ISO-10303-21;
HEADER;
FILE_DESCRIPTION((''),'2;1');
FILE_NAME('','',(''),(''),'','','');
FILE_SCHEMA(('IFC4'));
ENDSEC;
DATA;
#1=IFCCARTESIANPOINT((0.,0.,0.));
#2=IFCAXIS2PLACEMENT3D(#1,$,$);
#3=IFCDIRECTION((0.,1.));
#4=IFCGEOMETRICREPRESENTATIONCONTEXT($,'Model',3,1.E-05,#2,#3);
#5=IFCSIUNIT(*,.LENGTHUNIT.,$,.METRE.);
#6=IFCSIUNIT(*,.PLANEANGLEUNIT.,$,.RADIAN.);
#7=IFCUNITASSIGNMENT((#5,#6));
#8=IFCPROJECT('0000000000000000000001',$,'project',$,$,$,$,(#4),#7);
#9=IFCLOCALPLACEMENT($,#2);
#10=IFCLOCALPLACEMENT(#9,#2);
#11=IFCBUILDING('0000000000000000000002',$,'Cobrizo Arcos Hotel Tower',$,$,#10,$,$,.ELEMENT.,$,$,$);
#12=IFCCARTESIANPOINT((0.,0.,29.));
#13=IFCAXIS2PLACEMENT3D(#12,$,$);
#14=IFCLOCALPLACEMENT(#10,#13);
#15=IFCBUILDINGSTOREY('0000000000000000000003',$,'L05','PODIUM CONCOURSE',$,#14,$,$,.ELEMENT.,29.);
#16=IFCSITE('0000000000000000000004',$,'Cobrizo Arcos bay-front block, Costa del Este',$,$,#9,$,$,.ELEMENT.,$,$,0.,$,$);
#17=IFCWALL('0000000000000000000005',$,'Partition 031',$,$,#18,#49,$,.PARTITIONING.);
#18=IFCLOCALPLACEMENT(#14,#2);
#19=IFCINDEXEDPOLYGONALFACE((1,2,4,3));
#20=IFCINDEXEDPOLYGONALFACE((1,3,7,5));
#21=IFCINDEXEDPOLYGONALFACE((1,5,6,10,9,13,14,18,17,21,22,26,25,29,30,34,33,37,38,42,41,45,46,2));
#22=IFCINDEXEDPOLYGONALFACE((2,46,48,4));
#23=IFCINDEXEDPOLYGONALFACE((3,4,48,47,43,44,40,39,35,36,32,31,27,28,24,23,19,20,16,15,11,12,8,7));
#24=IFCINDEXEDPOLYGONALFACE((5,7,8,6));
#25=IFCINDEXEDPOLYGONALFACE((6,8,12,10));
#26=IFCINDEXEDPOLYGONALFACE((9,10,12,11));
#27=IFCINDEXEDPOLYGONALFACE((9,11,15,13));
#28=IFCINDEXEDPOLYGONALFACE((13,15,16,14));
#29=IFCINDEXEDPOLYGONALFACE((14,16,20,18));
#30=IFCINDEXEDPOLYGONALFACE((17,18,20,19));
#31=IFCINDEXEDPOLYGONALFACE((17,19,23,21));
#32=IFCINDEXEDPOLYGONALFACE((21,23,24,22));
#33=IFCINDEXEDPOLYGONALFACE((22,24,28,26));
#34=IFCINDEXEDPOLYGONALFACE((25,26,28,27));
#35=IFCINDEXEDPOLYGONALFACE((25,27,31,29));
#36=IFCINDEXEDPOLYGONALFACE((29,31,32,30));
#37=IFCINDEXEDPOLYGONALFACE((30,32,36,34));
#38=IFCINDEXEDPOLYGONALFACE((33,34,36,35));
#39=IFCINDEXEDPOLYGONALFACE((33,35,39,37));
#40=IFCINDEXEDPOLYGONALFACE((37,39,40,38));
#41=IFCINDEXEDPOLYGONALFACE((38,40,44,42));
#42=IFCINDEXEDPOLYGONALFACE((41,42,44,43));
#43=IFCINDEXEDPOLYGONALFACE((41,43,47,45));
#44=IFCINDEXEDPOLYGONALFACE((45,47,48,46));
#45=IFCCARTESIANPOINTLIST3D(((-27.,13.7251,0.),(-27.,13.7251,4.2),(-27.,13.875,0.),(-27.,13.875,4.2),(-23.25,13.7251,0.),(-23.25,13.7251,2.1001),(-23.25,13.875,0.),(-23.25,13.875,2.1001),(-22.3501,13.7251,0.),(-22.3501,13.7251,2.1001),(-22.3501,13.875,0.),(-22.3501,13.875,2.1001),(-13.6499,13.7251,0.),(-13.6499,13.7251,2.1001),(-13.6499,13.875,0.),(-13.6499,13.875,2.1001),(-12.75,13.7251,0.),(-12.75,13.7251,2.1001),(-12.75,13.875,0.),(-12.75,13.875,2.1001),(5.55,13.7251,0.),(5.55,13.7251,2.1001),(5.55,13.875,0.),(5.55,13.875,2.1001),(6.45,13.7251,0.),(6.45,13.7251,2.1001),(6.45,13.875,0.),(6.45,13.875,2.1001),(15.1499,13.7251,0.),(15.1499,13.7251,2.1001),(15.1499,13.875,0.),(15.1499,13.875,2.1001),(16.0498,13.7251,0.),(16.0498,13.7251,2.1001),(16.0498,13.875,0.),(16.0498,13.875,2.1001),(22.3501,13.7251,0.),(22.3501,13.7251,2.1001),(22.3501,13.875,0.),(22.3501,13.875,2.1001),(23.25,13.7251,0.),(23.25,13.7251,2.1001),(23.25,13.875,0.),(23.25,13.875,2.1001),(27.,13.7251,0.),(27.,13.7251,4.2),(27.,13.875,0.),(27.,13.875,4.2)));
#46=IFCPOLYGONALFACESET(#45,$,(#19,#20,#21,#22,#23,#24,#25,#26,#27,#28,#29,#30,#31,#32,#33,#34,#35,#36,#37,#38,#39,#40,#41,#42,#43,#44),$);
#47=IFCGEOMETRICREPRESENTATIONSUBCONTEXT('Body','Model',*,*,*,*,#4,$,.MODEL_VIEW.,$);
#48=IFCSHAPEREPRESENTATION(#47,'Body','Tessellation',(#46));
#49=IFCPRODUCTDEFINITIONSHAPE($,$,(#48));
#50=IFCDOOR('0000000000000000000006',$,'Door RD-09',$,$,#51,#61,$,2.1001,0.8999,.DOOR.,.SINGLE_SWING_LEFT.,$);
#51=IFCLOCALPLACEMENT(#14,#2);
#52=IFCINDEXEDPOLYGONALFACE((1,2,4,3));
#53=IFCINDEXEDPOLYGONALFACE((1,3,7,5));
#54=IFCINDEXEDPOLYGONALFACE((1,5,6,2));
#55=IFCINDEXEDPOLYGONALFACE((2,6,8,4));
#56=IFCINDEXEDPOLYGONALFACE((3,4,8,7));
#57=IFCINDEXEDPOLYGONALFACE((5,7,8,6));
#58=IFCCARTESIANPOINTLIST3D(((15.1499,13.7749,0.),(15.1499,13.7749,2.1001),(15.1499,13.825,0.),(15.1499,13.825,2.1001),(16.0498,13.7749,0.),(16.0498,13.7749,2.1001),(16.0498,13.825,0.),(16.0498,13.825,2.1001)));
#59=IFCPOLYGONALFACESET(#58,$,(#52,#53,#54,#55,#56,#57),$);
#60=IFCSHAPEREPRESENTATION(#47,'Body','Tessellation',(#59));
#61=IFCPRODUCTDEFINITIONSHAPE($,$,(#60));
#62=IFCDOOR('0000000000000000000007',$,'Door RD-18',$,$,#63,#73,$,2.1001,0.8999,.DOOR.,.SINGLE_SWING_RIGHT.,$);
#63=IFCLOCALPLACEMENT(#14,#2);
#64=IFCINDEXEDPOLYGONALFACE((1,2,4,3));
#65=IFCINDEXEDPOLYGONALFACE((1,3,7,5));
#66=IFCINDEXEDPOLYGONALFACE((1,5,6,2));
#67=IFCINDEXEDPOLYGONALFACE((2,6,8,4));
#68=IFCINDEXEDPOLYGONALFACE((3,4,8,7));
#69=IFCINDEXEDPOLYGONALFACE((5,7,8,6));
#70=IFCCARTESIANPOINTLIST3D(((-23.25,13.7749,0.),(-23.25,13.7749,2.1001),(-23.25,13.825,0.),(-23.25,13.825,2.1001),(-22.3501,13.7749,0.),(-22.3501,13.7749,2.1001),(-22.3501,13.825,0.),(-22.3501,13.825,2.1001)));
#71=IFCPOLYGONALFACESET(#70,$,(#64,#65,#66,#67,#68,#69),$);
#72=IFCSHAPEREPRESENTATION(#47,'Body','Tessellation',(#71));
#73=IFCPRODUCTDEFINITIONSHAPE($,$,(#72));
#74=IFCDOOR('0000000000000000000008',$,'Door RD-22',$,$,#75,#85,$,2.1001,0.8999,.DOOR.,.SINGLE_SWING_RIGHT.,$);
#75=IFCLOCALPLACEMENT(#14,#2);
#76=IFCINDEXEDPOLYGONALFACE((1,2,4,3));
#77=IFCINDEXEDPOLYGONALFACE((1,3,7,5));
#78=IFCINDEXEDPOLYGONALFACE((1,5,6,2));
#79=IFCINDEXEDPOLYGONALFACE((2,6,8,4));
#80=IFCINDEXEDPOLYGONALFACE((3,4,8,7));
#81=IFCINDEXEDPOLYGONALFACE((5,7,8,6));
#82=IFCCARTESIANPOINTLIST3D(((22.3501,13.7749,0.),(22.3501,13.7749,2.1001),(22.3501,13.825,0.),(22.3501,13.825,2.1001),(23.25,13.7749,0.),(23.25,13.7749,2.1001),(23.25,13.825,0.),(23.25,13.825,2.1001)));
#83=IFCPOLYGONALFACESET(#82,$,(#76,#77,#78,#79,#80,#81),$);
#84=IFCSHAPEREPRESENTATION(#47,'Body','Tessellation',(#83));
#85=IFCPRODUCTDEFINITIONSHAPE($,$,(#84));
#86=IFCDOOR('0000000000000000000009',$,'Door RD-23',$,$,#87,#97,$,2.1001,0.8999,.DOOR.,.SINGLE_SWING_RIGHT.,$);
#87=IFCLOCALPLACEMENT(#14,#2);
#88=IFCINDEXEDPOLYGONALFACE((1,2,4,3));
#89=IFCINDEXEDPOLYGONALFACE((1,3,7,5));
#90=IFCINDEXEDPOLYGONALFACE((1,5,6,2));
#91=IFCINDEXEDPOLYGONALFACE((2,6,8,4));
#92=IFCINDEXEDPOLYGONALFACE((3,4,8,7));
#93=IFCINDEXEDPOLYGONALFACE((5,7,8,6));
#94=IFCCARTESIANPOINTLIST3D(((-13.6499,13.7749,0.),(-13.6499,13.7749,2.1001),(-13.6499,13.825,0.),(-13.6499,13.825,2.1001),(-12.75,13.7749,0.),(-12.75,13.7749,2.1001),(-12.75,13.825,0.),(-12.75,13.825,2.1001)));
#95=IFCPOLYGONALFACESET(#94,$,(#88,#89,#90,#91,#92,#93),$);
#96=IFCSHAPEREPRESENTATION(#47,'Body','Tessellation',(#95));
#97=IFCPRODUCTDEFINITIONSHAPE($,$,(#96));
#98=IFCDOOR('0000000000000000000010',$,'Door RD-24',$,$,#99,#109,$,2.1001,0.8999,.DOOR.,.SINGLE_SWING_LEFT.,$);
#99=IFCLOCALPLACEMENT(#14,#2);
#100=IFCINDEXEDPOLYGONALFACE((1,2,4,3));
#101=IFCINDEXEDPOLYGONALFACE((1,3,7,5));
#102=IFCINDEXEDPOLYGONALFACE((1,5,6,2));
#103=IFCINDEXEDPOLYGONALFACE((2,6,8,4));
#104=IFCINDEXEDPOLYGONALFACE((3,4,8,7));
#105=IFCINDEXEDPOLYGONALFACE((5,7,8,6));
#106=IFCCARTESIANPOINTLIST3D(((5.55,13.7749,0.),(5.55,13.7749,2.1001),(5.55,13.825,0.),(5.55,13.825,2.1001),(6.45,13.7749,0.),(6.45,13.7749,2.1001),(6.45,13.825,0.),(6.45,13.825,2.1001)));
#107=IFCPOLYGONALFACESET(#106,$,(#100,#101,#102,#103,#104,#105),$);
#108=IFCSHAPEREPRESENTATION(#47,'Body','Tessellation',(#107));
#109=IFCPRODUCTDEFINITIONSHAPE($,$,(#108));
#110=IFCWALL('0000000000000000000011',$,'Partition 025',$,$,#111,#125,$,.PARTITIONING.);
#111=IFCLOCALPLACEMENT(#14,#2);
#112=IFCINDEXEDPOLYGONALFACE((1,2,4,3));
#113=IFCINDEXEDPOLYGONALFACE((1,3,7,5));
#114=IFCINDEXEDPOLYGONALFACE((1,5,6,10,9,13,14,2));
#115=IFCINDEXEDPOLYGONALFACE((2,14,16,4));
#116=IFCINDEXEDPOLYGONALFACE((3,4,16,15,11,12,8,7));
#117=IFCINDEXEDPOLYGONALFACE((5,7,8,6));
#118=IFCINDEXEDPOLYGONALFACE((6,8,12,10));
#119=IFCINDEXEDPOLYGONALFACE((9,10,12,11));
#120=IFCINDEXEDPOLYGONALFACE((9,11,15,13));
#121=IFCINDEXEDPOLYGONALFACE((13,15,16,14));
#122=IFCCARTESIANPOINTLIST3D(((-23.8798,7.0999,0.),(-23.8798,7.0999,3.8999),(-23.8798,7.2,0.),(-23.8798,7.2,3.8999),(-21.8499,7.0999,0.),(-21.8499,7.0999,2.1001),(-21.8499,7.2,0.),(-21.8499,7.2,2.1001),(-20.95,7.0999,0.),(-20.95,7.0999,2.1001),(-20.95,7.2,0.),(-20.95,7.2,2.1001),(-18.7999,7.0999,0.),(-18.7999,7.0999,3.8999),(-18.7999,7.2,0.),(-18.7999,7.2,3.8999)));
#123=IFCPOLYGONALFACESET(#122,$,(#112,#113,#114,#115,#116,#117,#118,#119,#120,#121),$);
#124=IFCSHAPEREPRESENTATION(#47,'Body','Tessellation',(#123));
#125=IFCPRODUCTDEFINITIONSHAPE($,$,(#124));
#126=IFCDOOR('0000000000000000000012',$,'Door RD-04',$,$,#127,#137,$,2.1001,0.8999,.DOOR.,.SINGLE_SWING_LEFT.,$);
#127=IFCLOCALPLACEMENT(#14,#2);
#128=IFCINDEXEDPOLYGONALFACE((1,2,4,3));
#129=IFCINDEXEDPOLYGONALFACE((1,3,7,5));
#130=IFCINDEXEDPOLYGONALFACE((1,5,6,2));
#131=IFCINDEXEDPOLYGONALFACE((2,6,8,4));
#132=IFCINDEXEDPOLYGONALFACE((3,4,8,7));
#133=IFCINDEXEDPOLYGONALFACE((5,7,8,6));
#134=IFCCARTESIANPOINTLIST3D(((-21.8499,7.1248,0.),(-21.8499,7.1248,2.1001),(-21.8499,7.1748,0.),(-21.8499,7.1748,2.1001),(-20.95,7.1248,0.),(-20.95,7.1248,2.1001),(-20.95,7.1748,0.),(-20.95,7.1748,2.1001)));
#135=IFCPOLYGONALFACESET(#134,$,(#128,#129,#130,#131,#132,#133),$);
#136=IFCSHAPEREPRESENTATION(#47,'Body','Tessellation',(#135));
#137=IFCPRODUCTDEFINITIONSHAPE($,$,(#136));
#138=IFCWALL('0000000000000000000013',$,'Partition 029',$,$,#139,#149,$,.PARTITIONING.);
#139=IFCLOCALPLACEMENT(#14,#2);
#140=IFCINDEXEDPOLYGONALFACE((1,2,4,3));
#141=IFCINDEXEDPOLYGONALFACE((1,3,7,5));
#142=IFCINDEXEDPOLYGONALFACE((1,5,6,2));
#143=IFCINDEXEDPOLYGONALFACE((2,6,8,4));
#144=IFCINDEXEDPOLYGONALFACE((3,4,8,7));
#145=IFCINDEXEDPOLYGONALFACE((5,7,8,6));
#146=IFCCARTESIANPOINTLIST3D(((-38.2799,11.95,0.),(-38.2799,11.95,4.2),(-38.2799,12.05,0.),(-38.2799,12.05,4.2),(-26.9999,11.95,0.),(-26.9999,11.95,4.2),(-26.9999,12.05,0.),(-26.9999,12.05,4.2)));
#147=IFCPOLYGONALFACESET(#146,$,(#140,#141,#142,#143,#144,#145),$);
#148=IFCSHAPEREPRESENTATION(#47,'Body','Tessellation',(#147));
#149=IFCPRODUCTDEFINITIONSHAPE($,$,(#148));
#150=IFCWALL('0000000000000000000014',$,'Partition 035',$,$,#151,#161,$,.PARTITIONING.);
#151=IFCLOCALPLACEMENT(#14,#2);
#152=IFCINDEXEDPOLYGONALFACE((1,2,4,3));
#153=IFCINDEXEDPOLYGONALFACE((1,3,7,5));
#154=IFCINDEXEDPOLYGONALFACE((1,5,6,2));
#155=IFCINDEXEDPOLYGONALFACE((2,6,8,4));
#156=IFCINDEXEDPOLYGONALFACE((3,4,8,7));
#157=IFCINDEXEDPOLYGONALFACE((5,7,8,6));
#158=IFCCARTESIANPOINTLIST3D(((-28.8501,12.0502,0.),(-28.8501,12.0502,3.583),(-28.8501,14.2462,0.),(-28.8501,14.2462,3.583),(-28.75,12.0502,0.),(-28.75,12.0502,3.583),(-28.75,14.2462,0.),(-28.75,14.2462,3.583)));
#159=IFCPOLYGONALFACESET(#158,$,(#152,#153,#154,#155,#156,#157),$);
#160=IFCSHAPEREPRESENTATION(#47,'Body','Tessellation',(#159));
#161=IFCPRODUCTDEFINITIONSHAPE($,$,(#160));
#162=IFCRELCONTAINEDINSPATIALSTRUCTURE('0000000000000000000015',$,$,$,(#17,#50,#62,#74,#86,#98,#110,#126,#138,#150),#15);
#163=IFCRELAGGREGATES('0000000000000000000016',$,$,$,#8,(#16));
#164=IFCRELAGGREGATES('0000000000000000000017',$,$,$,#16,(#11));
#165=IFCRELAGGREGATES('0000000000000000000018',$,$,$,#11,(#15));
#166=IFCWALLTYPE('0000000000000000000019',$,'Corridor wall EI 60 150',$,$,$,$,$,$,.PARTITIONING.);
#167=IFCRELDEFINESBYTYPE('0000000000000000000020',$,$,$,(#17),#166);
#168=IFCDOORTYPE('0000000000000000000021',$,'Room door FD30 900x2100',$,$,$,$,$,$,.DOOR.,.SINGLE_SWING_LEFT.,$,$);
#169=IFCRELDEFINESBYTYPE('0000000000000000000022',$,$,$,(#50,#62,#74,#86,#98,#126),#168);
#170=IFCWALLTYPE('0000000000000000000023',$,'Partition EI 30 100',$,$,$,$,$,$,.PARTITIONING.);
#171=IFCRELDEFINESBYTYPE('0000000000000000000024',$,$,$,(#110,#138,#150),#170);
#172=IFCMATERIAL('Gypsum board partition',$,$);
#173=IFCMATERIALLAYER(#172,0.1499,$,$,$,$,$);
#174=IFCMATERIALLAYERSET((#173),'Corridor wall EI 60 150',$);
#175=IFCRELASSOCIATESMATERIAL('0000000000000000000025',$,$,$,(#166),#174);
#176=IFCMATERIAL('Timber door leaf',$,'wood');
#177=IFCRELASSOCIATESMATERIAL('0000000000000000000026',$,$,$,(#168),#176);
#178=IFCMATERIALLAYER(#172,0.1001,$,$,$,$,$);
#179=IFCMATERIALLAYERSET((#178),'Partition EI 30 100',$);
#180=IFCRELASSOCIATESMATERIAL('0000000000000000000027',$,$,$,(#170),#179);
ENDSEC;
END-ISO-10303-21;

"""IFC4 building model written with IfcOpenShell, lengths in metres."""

from ifc_helpers import new_model, si_unit, direction, frame, frame_2d, origin, place, context, subcontext, project, spatial, rectangle, extrude, material, layer, layer_set, type_object, element, fill, save


model = new_model("IFC4")

# Units and contexts
model_context = context("Model", 3, precision=1e-05, world=origin(), true_north=direction((0.0, 1.0)))
body_context = subcontext(model_context, "Body", "Model", "MODEL_VIEW")
ifc_project = project(units=[si_unit("LENGTHUNIT", "METRE"), si_unit("PLANEANGLEUNIT", "RADIAN")], contexts=[model_context])

# Site, building, storey
site_placement = place(None, origin())
site = spatial("IfcSite", under=ifc_project, at=site_placement, Name="Cobrizo Arcos bay-front block, Costa del Este", CompositionType="ELEMENT", RefElevation=0.0)
building_placement = place(site_placement, origin())
building = spatial("IfcBuilding", under=site, at=building_placement, Name="Cobrizo Arcos Hotel Tower", CompositionType="ELEMENT")
storey_placement = place(building_placement, frame((0.0, 0.0, 29.0)))
storey = spatial("IfcBuildingStorey", under=building, at=storey_placement, Name="L05", Description="PODIUM CONCOURSE", CompositionType="ELEMENT", Elevation=29.0)

# Wall, openings, doors
ifc_material_1 = material(Name="Gypsum board partition")
ifc_layer_1 = layer(ifc_material_1, 0.1499)
ifc_layer_set_1 = layer_set([ifc_layer_1], Name="Corridor wall EI 60 150")
wall_type_1 = type_object("IfcWallType", Name="Corridor wall EI 60 150", PredefinedType="PARTITIONING", material=ifc_layer_set_1)
wall_1_placement = place(storey_placement, frame((-27.0, 13.8, 0.0), z_axis=(0.0, 0.0, 1.0), x_axis=(1.0, 0.0, 0.0)))
wall_1 = element("IfcWall", 1, at=wall_1_placement, inside=storey, type_object=wall_type_1, Name="Partition 031", PredefinedType="PARTITIONING", context=body_context, shape_type="SweptSolid", body=[
    extrude(rectangle(XDim=54.0, YDim=0.1499, at=frame_2d((27.0, 0.0))), origin(), (0.0, 0.0, 1.0), 4.2),
])
opening_1_placement = place(wall_1_placement, frame((42.1499, 0.0, 0.0)))
opening_1 = element("IfcOpeningElement", 2, at=opening_1_placement, cuts=wall_1, PredefinedType="OPENING", context=body_context, shape_type="SweptSolid", body=[
    extrude(rectangle(XDim=0.8999, YDim=2.1001, at=frame_2d((0.45, 1.05))), frame((0.0, 0.0869, 0.0), z_axis=(0.0, -1.0, 0.0), x_axis=(1.0, 0.0, 0.0)), (0.0, 0.0, 1.0), 0.1738),
])
opening_2_placement = place(wall_1_placement, frame((3.75, 0.0, 0.0)))
opening_2 = element("IfcOpeningElement", 3, at=opening_2_placement, cuts=wall_1, PredefinedType="OPENING", context=body_context, shape_type="SweptSolid", body=[
    extrude(rectangle(XDim=0.8999, YDim=2.1001, at=frame_2d((0.45, 1.05))), frame((0.0, 0.0869, 0.0), z_axis=(0.0, -1.0, 0.0), x_axis=(1.0, 0.0, 0.0)), (0.0, 0.0, 1.0), 0.1738),
])
opening_3_placement = place(wall_1_placement, frame((49.3501, 0.0, 0.0)))
opening_3 = element("IfcOpeningElement", 4, at=opening_3_placement, cuts=wall_1, PredefinedType="OPENING", context=body_context, shape_type="SweptSolid", body=[
    extrude(rectangle(XDim=0.8999, YDim=2.1001, at=frame_2d((0.45, 1.05))), frame((0.0, 0.0869, 0.0), z_axis=(0.0, -1.0, 0.0), x_axis=(1.0, 0.0, 0.0)), (0.0, 0.0, 1.0), 0.1738),
])
opening_4_placement = place(wall_1_placement, frame((13.3501, 0.0, 0.0)))
opening_4 = element("IfcOpeningElement", 5, at=opening_4_placement, cuts=wall_1, PredefinedType="OPENING", context=body_context, shape_type="SweptSolid", body=[
    extrude(rectangle(XDim=0.8999, YDim=2.1001, at=frame_2d((0.45, 1.05))), frame((0.0, 0.0869, 0.0), z_axis=(0.0, -1.0, 0.0), x_axis=(1.0, 0.0, 0.0)), (0.0, 0.0, 1.0), 0.1738),
])
opening_5_placement = place(wall_1_placement, frame((32.55, 0.0, 0.0)))
opening_5 = element("IfcOpeningElement", 6, at=opening_5_placement, cuts=wall_1, PredefinedType="OPENING", context=body_context, shape_type="SweptSolid", body=[
    extrude(rectangle(XDim=0.8999, YDim=2.1001, at=frame_2d((0.45, 1.05))), frame((0.0, 0.0869, 0.0), z_axis=(0.0, -1.0, 0.0), x_axis=(1.0, 0.0, 0.0)), (0.0, 0.0, 1.0), 0.1738),
])
ifc_material_2 = material(Name="Timber door leaf", Category="wood")
door_type = type_object("IfcDoorType", Name="Room door FD30 900x2100", OperationType="SINGLE_SWING_LEFT", PredefinedType="DOOR", material=ifc_material_2)
door_1_placement = place(opening_1_placement, origin())
door_1 = element("IfcDoor", 7, at=door_1_placement, inside=storey, type_object=door_type, Name="Door RD-09", OperationType="SINGLE_SWING_LEFT", OverallHeight=2.1001, OverallWidth=0.8999, PredefinedType="DOOR", context=body_context, shape_type="SweptSolid", body=[
    extrude(rectangle(XDim=0.8999, YDim=2.1001, at=frame_2d((0.45, 1.05))), frame((0.0, 0.0249, 0.0), z_axis=(0.0, -1.0, 0.0), x_axis=(1.0, 0.0, 0.0)), (0.0, 0.0, 1.0), 0.05),
])
fill(opening_1, door_1)
door_2_placement = place(opening_2_placement, origin())
door_2 = element("IfcDoor", 8, at=door_2_placement, inside=storey, type_object=door_type, Name="Door RD-18", OperationType="SINGLE_SWING_RIGHT", OverallHeight=2.1001, OverallWidth=0.8999, PredefinedType="DOOR", context=body_context, shape_type="SweptSolid", body=[
    extrude(rectangle(XDim=0.8999, YDim=2.1001, at=frame_2d((0.45, 1.05))), frame((0.0, 0.0249, 0.0), z_axis=(0.0, -1.0, 0.0), x_axis=(1.0, 0.0, 0.0)), (0.0, 0.0, 1.0), 0.05),
])
fill(opening_2, door_2)
door_3_placement = place(opening_3_placement, origin())
door_3 = element("IfcDoor", 9, at=door_3_placement, inside=storey, type_object=door_type, Name="Door RD-22", OperationType="SINGLE_SWING_RIGHT", OverallHeight=2.1001, OverallWidth=0.8999, PredefinedType="DOOR", context=body_context, shape_type="SweptSolid", body=[
    extrude(rectangle(XDim=0.8999, YDim=2.1001, at=frame_2d((0.45, 1.05))), frame((0.0, 0.0249, 0.0), z_axis=(0.0, -1.0, 0.0), x_axis=(1.0, 0.0, 0.0)), (0.0, 0.0, 1.0), 0.05),
])
fill(opening_3, door_3)
door_4_placement = place(opening_4_placement, origin())
door_4 = element("IfcDoor", 10, at=door_4_placement, inside=storey, type_object=door_type, Name="Door RD-23", OperationType="SINGLE_SWING_RIGHT", OverallHeight=2.1001, OverallWidth=0.8999, PredefinedType="DOOR", context=body_context, shape_type="SweptSolid", body=[
    extrude(rectangle(XDim=0.8999, YDim=2.1001, at=frame_2d((0.45, 1.05))), frame((0.0, 0.0249, 0.0), z_axis=(0.0, -1.0, 0.0), x_axis=(1.0, 0.0, 0.0)), (0.0, 0.0, 1.0), 0.05),
])
fill(opening_4, door_4)
door_5_placement = place(opening_5_placement, origin())
door_5 = element("IfcDoor", 11, at=door_5_placement, inside=storey, type_object=door_type, Name="Door RD-24", OperationType="SINGLE_SWING_LEFT", OverallHeight=2.1001, OverallWidth=0.8999, PredefinedType="DOOR", context=body_context, shape_type="SweptSolid", body=[
    extrude(rectangle(XDim=0.8999, YDim=2.1001, at=frame_2d((0.45, 1.05))), frame((0.0, 0.0249, 0.0), z_axis=(0.0, -1.0, 0.0), x_axis=(1.0, 0.0, 0.0)), (0.0, 0.0, 1.0), 0.05),
])
fill(opening_5, door_5)

# Wall, opening, door
ifc_layer_2 = layer(ifc_material_1, 0.1001)
ifc_layer_set_2 = layer_set([ifc_layer_2], Name="Partition EI 30 100")
wall_type_2 = type_object("IfcWallType", Name="Partition EI 30 100", PredefinedType="PARTITIONING", material=ifc_layer_set_2)
wall_2_placement = place(storey_placement, frame((-23.8799, 7.1499, 0.0), z_axis=(0.0, 0.0, 1.0), x_axis=(1.0, 0.0, 0.0)))
wall_2 = element("IfcWall", 12, at=wall_2_placement, inside=storey, type_object=wall_type_2, Name="Partition 025", PredefinedType="PARTITIONING", context=body_context, shape_type="SweptSolid", body=[
    extrude(rectangle(XDim=5.0798, YDim=0.1001, at=frame_2d((2.54, 0.0))), origin(), (0.0, 0.0, 1.0), 3.8999),
])
opening_6_placement = place(wall_2_placement, frame((2.03, 0.0, 0.0)))
opening_6 = element("IfcOpeningElement", 13, at=opening_6_placement, cuts=wall_2, PredefinedType="OPENING", context=body_context, shape_type="SweptSolid", body=[
    extrude(rectangle(XDim=0.8999, YDim=2.1001, at=frame_2d((0.45, 1.05))), frame((0.0, 0.062, 0.0), z_axis=(0.0, -1.0, 0.0), x_axis=(1.0, 0.0, 0.0)), (0.0, 0.0, 1.0), 0.124),
])
door_6_placement = place(opening_6_placement, origin())
door_6 = element("IfcDoor", 14, at=door_6_placement, inside=storey, type_object=door_type, Name="Door RD-04", OperationType="SINGLE_SWING_LEFT", OverallHeight=2.1001, OverallWidth=0.8999, PredefinedType="DOOR", context=body_context, shape_type="SweptSolid", body=[
    extrude(rectangle(XDim=0.8999, YDim=2.1001, at=frame_2d((0.45, 1.05))), frame((0.0, 0.0249, 0.0), z_axis=(0.0, -1.0, 0.0), x_axis=(1.0, 0.0, 0.0)), (0.0, 0.0, 1.0), 0.05),
])
fill(opening_6, door_6)

# Walls
wall_3_placement = place(storey_placement, frame((-38.28, 12.0, 0.0), z_axis=(0.0, 0.0, 1.0), x_axis=(1.0, 0.0, 0.0)))
element("IfcWall", 15, at=wall_3_placement, inside=storey, type_object=wall_type_2, Name="Partition 029", PredefinedType="PARTITIONING", context=body_context, shape_type="SweptSolid", body=[
    extrude(rectangle(XDim=11.28, YDim=0.1001, at=frame_2d((5.6401, 0.0))), origin(), (0.0, 0.0, 1.0), 4.2),
])
wall_4_placement = place(storey_placement, frame((-28.8, 12.05, 0.0), z_axis=(0.0, 0.0, 1.0), x_axis=(0.0, 1.0, 0.0)))
element("IfcWall", 16, at=wall_4_placement, inside=storey, type_object=wall_type_2, Name="Partition 035", PredefinedType="PARTITIONING", context=body_context, shape_type="SweptSolid", body=[
    extrude(rectangle(XDim=2.196, YDim=0.1001, at=frame_2d((1.0981, 0.0))), origin(), (0.0, 0.0, 1.0), 3.583),
])

save(model, "model.ifc")
